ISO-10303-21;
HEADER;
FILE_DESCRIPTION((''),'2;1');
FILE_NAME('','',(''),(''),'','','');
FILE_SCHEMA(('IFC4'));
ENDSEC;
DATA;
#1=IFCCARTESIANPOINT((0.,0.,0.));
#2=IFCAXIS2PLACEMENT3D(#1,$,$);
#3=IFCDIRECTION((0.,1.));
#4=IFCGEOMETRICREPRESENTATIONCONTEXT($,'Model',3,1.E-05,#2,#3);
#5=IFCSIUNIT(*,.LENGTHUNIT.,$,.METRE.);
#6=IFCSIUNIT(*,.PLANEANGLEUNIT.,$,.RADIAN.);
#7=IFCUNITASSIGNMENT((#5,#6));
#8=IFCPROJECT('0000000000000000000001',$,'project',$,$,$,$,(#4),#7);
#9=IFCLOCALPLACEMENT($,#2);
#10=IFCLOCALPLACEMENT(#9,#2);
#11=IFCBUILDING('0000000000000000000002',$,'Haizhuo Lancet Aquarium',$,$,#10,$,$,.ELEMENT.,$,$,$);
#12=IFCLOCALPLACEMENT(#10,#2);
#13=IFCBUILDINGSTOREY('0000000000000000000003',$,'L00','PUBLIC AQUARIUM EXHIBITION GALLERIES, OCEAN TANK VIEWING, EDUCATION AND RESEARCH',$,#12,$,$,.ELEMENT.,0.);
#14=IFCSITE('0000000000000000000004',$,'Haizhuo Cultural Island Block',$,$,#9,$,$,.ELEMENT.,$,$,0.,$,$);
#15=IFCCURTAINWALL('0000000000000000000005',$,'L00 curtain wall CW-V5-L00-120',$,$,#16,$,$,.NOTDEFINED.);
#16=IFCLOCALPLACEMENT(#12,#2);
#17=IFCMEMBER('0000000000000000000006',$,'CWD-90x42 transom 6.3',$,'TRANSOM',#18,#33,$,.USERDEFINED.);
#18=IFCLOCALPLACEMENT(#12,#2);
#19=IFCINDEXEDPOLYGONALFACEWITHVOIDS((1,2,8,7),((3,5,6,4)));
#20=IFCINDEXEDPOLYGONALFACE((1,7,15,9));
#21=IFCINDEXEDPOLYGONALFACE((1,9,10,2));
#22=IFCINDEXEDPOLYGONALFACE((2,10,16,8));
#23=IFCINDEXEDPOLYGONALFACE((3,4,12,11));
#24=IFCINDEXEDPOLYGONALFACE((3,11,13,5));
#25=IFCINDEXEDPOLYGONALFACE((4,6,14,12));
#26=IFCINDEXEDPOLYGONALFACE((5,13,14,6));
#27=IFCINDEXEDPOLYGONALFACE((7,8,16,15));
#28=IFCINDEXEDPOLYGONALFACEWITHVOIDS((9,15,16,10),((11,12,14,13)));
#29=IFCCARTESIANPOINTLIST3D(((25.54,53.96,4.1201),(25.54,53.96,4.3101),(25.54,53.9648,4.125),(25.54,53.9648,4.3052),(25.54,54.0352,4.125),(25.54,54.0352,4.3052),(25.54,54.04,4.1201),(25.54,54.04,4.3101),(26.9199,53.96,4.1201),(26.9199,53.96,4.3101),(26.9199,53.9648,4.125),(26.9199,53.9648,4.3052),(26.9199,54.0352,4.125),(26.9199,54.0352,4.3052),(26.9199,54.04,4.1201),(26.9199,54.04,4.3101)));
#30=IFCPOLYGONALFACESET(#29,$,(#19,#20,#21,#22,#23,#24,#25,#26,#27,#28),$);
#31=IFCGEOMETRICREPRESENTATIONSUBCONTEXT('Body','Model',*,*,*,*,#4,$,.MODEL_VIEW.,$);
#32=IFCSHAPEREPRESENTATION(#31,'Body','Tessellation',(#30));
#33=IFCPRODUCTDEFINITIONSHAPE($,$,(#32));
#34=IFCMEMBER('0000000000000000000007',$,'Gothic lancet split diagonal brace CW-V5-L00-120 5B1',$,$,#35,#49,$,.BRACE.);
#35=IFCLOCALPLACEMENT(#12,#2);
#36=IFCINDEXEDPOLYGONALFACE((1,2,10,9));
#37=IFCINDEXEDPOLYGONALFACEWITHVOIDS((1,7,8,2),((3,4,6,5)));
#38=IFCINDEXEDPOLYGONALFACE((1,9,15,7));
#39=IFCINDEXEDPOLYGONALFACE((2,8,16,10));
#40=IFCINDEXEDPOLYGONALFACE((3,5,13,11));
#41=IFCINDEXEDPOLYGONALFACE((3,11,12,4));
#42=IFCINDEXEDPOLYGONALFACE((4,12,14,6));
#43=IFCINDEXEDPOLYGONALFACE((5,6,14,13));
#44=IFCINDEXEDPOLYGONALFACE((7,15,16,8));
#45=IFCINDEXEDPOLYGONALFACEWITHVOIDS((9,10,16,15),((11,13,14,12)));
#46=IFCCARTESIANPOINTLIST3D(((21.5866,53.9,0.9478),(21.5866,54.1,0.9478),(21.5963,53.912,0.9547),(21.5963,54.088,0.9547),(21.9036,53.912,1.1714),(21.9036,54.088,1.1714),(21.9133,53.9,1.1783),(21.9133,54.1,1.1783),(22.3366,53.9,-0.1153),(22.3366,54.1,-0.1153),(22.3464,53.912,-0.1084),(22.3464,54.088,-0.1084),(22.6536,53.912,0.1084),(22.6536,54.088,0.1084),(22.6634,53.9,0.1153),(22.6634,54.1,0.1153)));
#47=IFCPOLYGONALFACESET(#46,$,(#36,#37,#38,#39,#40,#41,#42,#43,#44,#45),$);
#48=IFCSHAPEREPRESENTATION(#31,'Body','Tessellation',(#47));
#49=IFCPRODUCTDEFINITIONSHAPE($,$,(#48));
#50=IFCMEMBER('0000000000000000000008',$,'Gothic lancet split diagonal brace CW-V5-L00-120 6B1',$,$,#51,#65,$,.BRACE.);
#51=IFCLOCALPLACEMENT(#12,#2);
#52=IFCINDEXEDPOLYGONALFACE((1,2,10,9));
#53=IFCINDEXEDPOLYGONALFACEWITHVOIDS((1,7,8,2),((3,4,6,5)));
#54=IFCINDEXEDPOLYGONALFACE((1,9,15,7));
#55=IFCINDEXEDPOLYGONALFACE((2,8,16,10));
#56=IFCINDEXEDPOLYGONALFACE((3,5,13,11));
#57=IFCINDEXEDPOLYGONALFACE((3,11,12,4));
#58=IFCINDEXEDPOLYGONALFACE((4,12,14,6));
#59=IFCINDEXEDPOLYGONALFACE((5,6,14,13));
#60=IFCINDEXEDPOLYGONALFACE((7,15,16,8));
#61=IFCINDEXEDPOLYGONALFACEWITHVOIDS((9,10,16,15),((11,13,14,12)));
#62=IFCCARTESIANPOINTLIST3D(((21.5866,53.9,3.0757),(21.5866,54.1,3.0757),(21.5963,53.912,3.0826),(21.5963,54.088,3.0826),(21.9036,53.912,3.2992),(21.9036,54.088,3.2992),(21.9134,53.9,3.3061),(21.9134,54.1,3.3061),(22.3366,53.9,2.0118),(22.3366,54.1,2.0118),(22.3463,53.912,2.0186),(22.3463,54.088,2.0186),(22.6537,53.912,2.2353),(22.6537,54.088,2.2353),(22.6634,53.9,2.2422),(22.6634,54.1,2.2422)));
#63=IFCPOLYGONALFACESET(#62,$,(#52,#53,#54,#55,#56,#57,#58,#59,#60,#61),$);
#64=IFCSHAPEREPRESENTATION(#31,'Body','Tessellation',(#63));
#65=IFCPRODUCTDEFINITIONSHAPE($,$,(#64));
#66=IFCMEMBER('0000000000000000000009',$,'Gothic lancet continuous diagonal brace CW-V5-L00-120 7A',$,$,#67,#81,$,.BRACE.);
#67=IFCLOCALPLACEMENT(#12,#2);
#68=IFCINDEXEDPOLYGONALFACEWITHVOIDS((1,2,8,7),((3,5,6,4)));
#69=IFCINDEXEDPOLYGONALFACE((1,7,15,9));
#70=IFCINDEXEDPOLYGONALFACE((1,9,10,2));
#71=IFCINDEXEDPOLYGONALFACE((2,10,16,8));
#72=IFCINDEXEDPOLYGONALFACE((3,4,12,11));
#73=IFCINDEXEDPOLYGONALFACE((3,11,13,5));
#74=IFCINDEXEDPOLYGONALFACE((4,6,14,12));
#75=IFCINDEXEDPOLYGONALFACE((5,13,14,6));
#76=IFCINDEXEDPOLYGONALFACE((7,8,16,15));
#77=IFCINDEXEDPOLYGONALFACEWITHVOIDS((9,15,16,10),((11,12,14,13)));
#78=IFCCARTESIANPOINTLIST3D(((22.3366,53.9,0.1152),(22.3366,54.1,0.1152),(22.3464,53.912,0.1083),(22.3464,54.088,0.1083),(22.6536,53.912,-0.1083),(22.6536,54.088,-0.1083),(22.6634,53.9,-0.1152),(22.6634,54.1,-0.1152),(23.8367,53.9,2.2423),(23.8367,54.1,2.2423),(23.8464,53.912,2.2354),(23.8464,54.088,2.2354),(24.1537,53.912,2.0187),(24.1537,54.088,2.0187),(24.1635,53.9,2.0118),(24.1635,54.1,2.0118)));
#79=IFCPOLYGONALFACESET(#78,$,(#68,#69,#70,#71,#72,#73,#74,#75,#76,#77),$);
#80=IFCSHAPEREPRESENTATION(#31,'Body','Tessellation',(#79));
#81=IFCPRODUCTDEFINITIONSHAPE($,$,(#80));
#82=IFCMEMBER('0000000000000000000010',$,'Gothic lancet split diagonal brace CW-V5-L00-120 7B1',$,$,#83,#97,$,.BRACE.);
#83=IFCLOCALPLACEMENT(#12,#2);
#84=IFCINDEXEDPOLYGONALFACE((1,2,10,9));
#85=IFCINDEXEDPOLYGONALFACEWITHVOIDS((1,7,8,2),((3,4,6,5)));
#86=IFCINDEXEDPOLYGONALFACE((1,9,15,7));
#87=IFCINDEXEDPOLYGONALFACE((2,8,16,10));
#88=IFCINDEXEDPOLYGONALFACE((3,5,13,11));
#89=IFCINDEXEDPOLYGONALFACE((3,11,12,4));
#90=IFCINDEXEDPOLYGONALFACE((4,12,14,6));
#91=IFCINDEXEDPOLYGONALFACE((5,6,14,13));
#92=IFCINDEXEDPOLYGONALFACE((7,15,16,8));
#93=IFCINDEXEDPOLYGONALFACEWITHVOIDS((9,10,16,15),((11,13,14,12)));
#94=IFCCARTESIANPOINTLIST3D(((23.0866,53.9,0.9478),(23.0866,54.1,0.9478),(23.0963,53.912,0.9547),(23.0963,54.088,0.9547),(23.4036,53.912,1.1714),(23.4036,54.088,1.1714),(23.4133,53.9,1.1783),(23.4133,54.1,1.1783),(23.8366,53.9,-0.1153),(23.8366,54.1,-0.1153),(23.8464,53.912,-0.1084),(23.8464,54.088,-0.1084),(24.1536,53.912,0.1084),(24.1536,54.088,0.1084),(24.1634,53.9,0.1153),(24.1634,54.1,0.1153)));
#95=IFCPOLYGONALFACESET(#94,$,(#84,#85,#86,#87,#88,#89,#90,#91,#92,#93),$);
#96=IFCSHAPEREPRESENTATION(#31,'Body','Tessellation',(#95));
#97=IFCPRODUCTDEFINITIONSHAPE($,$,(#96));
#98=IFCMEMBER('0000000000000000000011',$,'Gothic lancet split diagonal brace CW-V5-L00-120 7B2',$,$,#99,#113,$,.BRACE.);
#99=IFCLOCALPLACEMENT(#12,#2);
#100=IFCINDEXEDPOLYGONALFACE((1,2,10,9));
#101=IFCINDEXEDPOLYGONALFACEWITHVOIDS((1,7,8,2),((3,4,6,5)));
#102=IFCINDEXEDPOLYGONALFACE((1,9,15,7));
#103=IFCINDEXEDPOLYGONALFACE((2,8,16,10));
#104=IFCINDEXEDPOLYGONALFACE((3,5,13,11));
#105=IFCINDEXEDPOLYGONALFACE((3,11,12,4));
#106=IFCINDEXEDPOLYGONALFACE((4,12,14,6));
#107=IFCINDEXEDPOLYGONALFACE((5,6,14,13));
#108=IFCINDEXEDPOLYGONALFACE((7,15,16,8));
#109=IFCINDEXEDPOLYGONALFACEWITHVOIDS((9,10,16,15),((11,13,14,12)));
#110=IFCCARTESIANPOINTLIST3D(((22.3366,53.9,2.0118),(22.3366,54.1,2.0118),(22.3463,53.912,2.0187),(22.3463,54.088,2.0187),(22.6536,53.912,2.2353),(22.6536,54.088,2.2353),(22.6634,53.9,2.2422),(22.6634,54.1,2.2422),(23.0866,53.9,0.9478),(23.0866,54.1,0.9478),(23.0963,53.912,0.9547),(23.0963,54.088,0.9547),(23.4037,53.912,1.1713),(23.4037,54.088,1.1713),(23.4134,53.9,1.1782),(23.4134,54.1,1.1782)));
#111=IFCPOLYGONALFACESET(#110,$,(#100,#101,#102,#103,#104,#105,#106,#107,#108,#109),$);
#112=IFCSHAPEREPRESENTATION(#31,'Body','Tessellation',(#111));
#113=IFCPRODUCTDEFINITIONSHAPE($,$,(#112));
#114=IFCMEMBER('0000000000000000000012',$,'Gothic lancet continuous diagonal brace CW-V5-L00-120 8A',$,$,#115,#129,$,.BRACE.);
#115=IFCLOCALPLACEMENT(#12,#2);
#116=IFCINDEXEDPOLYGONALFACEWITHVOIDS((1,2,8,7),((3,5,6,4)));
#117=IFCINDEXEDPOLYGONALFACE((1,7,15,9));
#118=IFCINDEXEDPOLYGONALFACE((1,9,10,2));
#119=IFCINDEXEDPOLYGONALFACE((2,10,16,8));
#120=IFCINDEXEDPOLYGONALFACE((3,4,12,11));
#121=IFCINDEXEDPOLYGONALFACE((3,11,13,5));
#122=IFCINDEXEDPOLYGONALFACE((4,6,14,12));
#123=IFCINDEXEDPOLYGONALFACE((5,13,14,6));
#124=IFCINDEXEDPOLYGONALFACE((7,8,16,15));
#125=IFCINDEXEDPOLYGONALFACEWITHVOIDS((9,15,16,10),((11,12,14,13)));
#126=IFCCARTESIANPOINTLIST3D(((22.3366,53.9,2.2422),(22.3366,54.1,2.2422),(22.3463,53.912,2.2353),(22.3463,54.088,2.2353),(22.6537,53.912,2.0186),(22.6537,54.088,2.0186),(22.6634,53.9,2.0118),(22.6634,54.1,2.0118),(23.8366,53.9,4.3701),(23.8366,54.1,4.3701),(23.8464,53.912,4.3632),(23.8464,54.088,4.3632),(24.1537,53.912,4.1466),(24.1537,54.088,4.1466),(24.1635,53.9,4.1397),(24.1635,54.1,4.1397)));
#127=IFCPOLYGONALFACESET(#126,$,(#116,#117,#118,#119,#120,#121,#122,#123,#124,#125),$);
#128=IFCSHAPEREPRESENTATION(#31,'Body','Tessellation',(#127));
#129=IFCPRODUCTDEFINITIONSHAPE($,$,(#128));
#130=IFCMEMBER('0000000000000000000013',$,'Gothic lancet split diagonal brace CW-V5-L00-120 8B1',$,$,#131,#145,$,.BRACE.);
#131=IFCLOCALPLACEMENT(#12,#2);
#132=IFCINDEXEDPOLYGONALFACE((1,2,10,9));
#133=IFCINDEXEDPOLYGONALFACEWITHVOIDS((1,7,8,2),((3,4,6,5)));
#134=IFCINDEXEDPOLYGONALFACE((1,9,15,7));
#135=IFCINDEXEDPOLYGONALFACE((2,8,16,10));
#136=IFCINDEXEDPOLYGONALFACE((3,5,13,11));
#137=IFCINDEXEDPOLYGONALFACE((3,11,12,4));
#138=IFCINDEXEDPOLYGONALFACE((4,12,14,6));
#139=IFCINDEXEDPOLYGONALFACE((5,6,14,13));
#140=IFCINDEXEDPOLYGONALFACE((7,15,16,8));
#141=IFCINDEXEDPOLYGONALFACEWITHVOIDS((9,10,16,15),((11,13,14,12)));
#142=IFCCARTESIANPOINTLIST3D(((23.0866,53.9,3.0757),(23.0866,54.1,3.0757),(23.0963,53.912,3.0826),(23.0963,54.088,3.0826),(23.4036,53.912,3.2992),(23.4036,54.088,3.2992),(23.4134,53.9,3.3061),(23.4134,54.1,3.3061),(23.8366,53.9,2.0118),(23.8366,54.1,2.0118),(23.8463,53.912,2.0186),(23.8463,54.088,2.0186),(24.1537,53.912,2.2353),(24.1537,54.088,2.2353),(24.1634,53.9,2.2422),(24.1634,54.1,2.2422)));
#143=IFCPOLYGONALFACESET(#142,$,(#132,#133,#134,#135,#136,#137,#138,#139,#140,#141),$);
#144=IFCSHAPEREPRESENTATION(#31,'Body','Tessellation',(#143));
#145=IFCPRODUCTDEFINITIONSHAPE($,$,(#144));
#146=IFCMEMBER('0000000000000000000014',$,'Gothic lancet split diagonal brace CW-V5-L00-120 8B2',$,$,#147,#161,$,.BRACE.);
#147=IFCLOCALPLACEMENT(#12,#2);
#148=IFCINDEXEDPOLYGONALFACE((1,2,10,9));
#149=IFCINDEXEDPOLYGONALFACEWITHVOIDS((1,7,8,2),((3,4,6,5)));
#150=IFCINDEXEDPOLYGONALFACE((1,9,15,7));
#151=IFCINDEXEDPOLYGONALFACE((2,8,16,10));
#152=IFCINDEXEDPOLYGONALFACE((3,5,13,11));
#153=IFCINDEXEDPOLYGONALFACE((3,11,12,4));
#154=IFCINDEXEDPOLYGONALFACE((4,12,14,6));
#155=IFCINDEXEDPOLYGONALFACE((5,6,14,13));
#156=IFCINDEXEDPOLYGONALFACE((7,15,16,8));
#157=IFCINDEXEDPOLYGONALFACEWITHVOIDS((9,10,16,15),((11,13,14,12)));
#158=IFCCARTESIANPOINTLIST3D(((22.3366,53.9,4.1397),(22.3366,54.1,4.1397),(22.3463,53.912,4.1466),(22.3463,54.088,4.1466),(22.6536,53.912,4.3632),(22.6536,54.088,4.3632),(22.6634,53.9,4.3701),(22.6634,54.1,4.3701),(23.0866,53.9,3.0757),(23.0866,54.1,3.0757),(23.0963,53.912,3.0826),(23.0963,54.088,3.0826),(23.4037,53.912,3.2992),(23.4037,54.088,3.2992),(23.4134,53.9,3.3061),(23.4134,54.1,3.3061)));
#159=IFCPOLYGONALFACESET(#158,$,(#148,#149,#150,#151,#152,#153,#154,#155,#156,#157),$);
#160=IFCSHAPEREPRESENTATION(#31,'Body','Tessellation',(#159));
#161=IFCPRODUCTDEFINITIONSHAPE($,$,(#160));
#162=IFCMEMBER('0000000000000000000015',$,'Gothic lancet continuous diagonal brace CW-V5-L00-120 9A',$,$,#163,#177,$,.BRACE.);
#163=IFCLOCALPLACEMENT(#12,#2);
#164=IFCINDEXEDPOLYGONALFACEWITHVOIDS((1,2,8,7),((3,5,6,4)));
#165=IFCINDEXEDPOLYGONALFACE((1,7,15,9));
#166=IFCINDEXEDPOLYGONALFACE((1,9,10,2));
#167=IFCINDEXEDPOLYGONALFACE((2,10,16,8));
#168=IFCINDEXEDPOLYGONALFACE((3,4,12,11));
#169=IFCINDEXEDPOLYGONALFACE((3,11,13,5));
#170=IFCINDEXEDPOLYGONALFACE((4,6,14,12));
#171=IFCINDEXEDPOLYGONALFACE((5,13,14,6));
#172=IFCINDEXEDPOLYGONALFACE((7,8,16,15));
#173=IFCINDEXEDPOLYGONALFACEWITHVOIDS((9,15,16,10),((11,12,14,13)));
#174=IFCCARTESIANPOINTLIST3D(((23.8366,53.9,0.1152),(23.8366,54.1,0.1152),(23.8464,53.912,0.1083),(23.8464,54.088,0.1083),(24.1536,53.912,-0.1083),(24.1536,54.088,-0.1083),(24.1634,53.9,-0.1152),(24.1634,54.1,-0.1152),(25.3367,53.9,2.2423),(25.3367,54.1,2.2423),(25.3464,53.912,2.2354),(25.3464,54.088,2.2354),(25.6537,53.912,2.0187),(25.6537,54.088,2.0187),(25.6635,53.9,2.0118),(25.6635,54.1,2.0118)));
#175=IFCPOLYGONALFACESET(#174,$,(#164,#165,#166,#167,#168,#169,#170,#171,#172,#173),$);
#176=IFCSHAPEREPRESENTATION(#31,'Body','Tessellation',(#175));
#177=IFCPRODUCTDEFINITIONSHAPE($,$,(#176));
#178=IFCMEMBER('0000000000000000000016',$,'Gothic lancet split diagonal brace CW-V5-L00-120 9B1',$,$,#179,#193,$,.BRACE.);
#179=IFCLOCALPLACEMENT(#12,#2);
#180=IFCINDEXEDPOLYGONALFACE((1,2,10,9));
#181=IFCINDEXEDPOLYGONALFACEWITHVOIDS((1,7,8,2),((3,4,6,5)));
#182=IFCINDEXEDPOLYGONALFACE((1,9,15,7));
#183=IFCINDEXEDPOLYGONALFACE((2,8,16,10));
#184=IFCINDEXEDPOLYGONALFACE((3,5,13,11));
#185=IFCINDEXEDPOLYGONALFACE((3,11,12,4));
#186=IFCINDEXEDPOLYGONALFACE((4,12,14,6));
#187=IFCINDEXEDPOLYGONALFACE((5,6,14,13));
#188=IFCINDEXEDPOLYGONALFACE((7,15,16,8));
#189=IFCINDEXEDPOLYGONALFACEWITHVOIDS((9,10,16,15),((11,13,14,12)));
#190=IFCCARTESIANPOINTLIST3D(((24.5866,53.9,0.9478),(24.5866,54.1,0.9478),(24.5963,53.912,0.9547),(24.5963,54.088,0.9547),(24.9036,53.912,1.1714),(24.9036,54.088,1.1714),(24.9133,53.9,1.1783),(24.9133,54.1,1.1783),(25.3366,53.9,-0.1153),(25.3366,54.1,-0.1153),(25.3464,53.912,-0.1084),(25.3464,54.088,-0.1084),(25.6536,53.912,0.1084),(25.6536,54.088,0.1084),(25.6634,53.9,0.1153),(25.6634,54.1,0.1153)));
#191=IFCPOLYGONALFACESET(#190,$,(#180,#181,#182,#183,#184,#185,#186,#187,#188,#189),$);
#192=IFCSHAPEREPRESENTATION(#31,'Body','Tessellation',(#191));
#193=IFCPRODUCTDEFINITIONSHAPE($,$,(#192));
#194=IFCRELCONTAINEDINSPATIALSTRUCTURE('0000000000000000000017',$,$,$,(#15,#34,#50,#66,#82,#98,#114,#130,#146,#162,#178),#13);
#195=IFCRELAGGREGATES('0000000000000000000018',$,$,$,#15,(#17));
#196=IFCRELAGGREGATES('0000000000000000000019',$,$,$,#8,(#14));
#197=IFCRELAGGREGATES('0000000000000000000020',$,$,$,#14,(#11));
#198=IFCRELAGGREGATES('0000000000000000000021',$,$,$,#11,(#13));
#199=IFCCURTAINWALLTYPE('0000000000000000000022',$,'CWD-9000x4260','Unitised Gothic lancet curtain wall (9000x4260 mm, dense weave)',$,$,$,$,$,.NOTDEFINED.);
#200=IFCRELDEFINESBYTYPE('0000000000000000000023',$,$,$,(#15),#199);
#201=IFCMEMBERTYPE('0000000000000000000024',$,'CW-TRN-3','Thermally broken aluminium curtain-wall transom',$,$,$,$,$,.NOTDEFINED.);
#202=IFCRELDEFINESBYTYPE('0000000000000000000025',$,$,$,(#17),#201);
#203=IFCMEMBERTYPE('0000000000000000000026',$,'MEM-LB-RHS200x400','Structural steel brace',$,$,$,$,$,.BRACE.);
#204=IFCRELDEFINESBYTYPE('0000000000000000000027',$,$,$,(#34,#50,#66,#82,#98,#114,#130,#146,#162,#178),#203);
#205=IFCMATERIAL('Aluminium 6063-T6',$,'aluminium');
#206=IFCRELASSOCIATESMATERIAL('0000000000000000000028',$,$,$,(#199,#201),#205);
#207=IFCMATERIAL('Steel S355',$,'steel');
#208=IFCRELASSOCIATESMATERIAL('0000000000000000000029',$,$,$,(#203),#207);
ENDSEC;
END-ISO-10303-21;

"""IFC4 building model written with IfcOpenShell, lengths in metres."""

from ifc_helpers import new_model, si_unit, direction, frame, origin, origin_2d, place, context, subcontext, project, spatial, hollow_rectangle, extrude, material, material_profile, profile_set, type_object, element, aggregate, save


model = new_model("IFC4")

# Units and contexts
model_context = context("Model", 3, precision=1e-05, world=origin(), true_north=direction((0.0, 1.0)))
body_context = subcontext(model_context, "Body", "Model", "MODEL_VIEW")
ifc_project = project(units=[si_unit("LENGTHUNIT", "METRE"), si_unit("PLANEANGLEUNIT", "RADIAN")], contexts=[model_context])

# Site, building, storey
site_placement = place(None, origin())
site = spatial("IfcSite", under=ifc_project, at=site_placement, Name="Haizhuo Cultural Island Block", CompositionType="ELEMENT", RefElevation=0.0)
building_placement = place(site_placement, origin())
building = spatial("IfcBuilding", under=site, at=building_placement, Name="Haizhuo Lancet Aquarium", CompositionType="ELEMENT")
storey_placement = place(building_placement, origin())
storey = spatial("IfcBuildingStorey", under=building, at=storey_placement, Name="L00", Description="PUBLIC AQUARIUM EXHIBITION GALLERIES, OCEAN TANK VIEWING, EDUCATION AND RESEARCH", CompositionType="ELEMENT", Elevation=0.0)

# Curtain wall, member
ifc_material_1 = material(Name="Aluminium 6063-T6", Category="aluminium")
curtain_wall_type = type_object("IfcCurtainWallType", Name="CWD-9000x4260", Description="Unitised Gothic lancet curtain wall (9000x4260 mm, dense weave)", PredefinedType="NOTDEFINED", material=ifc_material_1)
curtain_wall_placement = place(storey_placement, origin())
curtain_wall = element("IfcCurtainWall", 1, at=curtain_wall_placement, inside=storey, type_object=curtain_wall_type, Name="L00 curtain wall CW-V5-L00-120", PredefinedType="NOTDEFINED")
ifc_material_profile_1 = material_profile(ifc_material_1, hollow_rectangle(XDim=0.0801, YDim=0.1899, WallThickness=0.0049, at=origin_2d()), Name="ALU-T 80x190x5")
ifc_profile_set_1 = profile_set([ifc_material_profile_1], Name="Aluminium 6063-T6")
member_type_1 = type_object("IfcMemberType", Name="CW-TRN-3", Description="Thermally broken aluminium curtain-wall transom", PredefinedType="NOTDEFINED", material=ifc_profile_set_1)
member_1_placement = place(storey_placement, frame((25.54, 54.0, 4.2151), z_axis=(1.0, 0.0, 0.0), x_axis=(0.0, 1.0, 0.0)))
member_1 = element("IfcMember", 2, at=member_1_placement, type_object=member_type_1, Name="CWD-90x42 transom 6.3", ObjectType="TRANSOM", PredefinedType="USERDEFINED", context=body_context, shape_type="SweptSolid", body=[
    extrude(hollow_rectangle(XDim=0.0801, YDim=0.1899, WallThickness=0.0049, at=origin_2d()), origin(), (0.0, 0.0, 1.0), 1.3799),
])

# Members
ifc_material_2 = material(Name="Steel S355", Category="steel")
ifc_material_profile_2 = material_profile(ifc_material_2, hollow_rectangle(XDim=0.2, YDim=0.3999, WallThickness=0.012, at=origin_2d()), Name="RHS 200x400x12")
ifc_profile_set_2 = profile_set([ifc_material_profile_2], Name="Steel S355")
member_type_2 = type_object("IfcMemberType", Name="MEM-LB-RHS200x400", Description="Structural steel brace", PredefinedType="BRACE", material=ifc_profile_set_2)
member_2_placement = place(storey_placement, frame((22.5, 54.0, 0.0), z_axis=(-0.576506, 0.0, 0.817093), x_axis=(0.0, -1.0, 0.0)))
element("IfcMember", 3, at=member_2_placement, inside=storey, type_object=member_type_2, Name="Gothic lancet split diagonal brace CW-V5-L00-120 5B1", PredefinedType="BRACE", context=body_context, shape_type="SweptSolid", body=[
    extrude(hollow_rectangle(XDim=0.2, YDim=0.3999, WallThickness=0.012, at=origin_2d()), origin(), (0.0, 0.0, 1.0), 1.301),
])
member_3_placement = place(storey_placement, frame((22.5, 54.0, 2.127), z_axis=(-0.576153, 0.0, 0.817342), x_axis=(0.0, -1.0, 0.0)))
element("IfcMember", 4, at=member_3_placement, inside=storey, type_object=member_type_2, Name="Gothic lancet split diagonal brace CW-V5-L00-120 6B1", PredefinedType="BRACE", context=body_context, shape_type="SweptSolid", body=[
    extrude(hollow_rectangle(XDim=0.2, YDim=0.3999, WallThickness=0.012, at=origin_2d()), origin(), (0.0, 0.0, 1.0), 1.3018),
])
member_4_placement = place(storey_placement, frame((22.5, 54.0, 0.0), z_axis=(0.57633, 0.0, 0.817217), x_axis=(0.0, 1.0, 0.0)))
element("IfcMember", 5, at=member_4_placement, inside=storey, type_object=member_type_2, Name="Gothic lancet continuous diagonal brace CW-V5-L00-120 7A", PredefinedType="BRACE", context=body_context, shape_type="SweptSolid", body=[
    extrude(hollow_rectangle(XDim=0.2, YDim=0.3999, WallThickness=0.012, at=origin_2d()), origin(), (0.0, 0.0, 1.0), 2.6028),
])
member_5_placement = place(storey_placement, frame((24.0, 54.0, 0.0), z_axis=(-0.576506, 0.0, 0.817093), x_axis=(0.0, -1.0, 0.0)))
element("IfcMember", 6, at=member_5_placement, inside=storey, type_object=member_type_2, Name="Gothic lancet split diagonal brace CW-V5-L00-120 7B1", PredefinedType="BRACE", context=body_context, shape_type="SweptSolid", body=[
    extrude(hollow_rectangle(XDim=0.2, YDim=0.3999, WallThickness=0.012, at=origin_2d()), origin(), (0.0, 0.0, 1.0), 1.301),
])
member_6_placement = place(storey_placement, frame((23.25, 54.0, 1.063), z_axis=(-0.576153, 0.0, 0.817342), x_axis=(0.0, -1.0, 0.0)))
element("IfcMember", 7, at=member_6_placement, inside=storey, type_object=member_type_2, Name="Gothic lancet split diagonal brace CW-V5-L00-120 7B2", PredefinedType="BRACE", context=body_context, shape_type="SweptSolid", body=[
    extrude(hollow_rectangle(XDim=0.2, YDim=0.3999, WallThickness=0.012, at=origin_2d()), origin(), (0.0, 0.0, 1.0), 1.3018),
])
member_7_placement = place(storey_placement, frame((22.5, 54.0, 2.127), z_axis=(0.576153, 0.0, 0.817342), x_axis=(0.0, 1.0, 0.0)))
element("IfcMember", 8, at=member_7_placement, inside=storey, type_object=member_type_2, Name="Gothic lancet continuous diagonal brace CW-V5-L00-120 8A", PredefinedType="BRACE", context=body_context, shape_type="SweptSolid", body=[
    extrude(hollow_rectangle(XDim=0.2, YDim=0.3999, WallThickness=0.012, at=origin_2d()), origin(), (0.0, 0.0, 1.0), 2.6035),
])
for number, where, z_axis, x_axis, name in (
    (9, (24.0, 54.0, 2.127), (-0.576153, 0.0, 0.817342), (0.0, -1.0, 0.0), "Gothic lancet split diagonal brace CW-V5-L00-120 8B1"),
    (10, (23.25, 54.0, 3.1909), (-0.576153, 0.0, 0.817342), (0.0, -1.0, 0.0), "Gothic lancet split diagonal brace CW-V5-L00-120 8B2"),
):
    element("IfcMember", number, at=place(storey_placement, frame(where, z_axis=z_axis, x_axis=x_axis)), inside=storey, type_object=member_type_2, Name=name, PredefinedType="BRACE", context=body_context, shape_type="SweptSolid", body=[
        extrude(hollow_rectangle(XDim=0.2, YDim=0.3999, WallThickness=0.012, at=origin_2d()), origin(), (0.0, 0.0, 1.0), 1.3018),
    ])
member_8_placement = place(storey_placement, frame((24.0, 54.0, 0.0), z_axis=(0.57633, 0.0, 0.817217), x_axis=(0.0, 1.0, 0.0)))
element("IfcMember", 11, at=member_8_placement, inside=storey, type_object=member_type_2, Name="Gothic lancet continuous diagonal brace CW-V5-L00-120 9A", PredefinedType="BRACE", context=body_context, shape_type="SweptSolid", body=[
    extrude(hollow_rectangle(XDim=0.2, YDim=0.3999, WallThickness=0.012, at=origin_2d()), origin(), (0.0, 0.0, 1.0), 2.6028),
])
member_9_placement = place(storey_placement, frame((25.5, 54.0, 0.0), z_axis=(-0.576506, 0.0, 0.817093), x_axis=(0.0, -1.0, 0.0)))
element("IfcMember", 12, at=member_9_placement, inside=storey, type_object=member_type_2, Name="Gothic lancet split diagonal brace CW-V5-L00-120 9B1", PredefinedType="BRACE", context=body_context, shape_type="SweptSolid", body=[
    extrude(hollow_rectangle(XDim=0.2, YDim=0.3999, WallThickness=0.012, at=origin_2d()), origin(), (0.0, 0.0, 1.0), 1.301),
])

aggregate(curtain_wall, [member_1])

save(model, "model.ifc")
